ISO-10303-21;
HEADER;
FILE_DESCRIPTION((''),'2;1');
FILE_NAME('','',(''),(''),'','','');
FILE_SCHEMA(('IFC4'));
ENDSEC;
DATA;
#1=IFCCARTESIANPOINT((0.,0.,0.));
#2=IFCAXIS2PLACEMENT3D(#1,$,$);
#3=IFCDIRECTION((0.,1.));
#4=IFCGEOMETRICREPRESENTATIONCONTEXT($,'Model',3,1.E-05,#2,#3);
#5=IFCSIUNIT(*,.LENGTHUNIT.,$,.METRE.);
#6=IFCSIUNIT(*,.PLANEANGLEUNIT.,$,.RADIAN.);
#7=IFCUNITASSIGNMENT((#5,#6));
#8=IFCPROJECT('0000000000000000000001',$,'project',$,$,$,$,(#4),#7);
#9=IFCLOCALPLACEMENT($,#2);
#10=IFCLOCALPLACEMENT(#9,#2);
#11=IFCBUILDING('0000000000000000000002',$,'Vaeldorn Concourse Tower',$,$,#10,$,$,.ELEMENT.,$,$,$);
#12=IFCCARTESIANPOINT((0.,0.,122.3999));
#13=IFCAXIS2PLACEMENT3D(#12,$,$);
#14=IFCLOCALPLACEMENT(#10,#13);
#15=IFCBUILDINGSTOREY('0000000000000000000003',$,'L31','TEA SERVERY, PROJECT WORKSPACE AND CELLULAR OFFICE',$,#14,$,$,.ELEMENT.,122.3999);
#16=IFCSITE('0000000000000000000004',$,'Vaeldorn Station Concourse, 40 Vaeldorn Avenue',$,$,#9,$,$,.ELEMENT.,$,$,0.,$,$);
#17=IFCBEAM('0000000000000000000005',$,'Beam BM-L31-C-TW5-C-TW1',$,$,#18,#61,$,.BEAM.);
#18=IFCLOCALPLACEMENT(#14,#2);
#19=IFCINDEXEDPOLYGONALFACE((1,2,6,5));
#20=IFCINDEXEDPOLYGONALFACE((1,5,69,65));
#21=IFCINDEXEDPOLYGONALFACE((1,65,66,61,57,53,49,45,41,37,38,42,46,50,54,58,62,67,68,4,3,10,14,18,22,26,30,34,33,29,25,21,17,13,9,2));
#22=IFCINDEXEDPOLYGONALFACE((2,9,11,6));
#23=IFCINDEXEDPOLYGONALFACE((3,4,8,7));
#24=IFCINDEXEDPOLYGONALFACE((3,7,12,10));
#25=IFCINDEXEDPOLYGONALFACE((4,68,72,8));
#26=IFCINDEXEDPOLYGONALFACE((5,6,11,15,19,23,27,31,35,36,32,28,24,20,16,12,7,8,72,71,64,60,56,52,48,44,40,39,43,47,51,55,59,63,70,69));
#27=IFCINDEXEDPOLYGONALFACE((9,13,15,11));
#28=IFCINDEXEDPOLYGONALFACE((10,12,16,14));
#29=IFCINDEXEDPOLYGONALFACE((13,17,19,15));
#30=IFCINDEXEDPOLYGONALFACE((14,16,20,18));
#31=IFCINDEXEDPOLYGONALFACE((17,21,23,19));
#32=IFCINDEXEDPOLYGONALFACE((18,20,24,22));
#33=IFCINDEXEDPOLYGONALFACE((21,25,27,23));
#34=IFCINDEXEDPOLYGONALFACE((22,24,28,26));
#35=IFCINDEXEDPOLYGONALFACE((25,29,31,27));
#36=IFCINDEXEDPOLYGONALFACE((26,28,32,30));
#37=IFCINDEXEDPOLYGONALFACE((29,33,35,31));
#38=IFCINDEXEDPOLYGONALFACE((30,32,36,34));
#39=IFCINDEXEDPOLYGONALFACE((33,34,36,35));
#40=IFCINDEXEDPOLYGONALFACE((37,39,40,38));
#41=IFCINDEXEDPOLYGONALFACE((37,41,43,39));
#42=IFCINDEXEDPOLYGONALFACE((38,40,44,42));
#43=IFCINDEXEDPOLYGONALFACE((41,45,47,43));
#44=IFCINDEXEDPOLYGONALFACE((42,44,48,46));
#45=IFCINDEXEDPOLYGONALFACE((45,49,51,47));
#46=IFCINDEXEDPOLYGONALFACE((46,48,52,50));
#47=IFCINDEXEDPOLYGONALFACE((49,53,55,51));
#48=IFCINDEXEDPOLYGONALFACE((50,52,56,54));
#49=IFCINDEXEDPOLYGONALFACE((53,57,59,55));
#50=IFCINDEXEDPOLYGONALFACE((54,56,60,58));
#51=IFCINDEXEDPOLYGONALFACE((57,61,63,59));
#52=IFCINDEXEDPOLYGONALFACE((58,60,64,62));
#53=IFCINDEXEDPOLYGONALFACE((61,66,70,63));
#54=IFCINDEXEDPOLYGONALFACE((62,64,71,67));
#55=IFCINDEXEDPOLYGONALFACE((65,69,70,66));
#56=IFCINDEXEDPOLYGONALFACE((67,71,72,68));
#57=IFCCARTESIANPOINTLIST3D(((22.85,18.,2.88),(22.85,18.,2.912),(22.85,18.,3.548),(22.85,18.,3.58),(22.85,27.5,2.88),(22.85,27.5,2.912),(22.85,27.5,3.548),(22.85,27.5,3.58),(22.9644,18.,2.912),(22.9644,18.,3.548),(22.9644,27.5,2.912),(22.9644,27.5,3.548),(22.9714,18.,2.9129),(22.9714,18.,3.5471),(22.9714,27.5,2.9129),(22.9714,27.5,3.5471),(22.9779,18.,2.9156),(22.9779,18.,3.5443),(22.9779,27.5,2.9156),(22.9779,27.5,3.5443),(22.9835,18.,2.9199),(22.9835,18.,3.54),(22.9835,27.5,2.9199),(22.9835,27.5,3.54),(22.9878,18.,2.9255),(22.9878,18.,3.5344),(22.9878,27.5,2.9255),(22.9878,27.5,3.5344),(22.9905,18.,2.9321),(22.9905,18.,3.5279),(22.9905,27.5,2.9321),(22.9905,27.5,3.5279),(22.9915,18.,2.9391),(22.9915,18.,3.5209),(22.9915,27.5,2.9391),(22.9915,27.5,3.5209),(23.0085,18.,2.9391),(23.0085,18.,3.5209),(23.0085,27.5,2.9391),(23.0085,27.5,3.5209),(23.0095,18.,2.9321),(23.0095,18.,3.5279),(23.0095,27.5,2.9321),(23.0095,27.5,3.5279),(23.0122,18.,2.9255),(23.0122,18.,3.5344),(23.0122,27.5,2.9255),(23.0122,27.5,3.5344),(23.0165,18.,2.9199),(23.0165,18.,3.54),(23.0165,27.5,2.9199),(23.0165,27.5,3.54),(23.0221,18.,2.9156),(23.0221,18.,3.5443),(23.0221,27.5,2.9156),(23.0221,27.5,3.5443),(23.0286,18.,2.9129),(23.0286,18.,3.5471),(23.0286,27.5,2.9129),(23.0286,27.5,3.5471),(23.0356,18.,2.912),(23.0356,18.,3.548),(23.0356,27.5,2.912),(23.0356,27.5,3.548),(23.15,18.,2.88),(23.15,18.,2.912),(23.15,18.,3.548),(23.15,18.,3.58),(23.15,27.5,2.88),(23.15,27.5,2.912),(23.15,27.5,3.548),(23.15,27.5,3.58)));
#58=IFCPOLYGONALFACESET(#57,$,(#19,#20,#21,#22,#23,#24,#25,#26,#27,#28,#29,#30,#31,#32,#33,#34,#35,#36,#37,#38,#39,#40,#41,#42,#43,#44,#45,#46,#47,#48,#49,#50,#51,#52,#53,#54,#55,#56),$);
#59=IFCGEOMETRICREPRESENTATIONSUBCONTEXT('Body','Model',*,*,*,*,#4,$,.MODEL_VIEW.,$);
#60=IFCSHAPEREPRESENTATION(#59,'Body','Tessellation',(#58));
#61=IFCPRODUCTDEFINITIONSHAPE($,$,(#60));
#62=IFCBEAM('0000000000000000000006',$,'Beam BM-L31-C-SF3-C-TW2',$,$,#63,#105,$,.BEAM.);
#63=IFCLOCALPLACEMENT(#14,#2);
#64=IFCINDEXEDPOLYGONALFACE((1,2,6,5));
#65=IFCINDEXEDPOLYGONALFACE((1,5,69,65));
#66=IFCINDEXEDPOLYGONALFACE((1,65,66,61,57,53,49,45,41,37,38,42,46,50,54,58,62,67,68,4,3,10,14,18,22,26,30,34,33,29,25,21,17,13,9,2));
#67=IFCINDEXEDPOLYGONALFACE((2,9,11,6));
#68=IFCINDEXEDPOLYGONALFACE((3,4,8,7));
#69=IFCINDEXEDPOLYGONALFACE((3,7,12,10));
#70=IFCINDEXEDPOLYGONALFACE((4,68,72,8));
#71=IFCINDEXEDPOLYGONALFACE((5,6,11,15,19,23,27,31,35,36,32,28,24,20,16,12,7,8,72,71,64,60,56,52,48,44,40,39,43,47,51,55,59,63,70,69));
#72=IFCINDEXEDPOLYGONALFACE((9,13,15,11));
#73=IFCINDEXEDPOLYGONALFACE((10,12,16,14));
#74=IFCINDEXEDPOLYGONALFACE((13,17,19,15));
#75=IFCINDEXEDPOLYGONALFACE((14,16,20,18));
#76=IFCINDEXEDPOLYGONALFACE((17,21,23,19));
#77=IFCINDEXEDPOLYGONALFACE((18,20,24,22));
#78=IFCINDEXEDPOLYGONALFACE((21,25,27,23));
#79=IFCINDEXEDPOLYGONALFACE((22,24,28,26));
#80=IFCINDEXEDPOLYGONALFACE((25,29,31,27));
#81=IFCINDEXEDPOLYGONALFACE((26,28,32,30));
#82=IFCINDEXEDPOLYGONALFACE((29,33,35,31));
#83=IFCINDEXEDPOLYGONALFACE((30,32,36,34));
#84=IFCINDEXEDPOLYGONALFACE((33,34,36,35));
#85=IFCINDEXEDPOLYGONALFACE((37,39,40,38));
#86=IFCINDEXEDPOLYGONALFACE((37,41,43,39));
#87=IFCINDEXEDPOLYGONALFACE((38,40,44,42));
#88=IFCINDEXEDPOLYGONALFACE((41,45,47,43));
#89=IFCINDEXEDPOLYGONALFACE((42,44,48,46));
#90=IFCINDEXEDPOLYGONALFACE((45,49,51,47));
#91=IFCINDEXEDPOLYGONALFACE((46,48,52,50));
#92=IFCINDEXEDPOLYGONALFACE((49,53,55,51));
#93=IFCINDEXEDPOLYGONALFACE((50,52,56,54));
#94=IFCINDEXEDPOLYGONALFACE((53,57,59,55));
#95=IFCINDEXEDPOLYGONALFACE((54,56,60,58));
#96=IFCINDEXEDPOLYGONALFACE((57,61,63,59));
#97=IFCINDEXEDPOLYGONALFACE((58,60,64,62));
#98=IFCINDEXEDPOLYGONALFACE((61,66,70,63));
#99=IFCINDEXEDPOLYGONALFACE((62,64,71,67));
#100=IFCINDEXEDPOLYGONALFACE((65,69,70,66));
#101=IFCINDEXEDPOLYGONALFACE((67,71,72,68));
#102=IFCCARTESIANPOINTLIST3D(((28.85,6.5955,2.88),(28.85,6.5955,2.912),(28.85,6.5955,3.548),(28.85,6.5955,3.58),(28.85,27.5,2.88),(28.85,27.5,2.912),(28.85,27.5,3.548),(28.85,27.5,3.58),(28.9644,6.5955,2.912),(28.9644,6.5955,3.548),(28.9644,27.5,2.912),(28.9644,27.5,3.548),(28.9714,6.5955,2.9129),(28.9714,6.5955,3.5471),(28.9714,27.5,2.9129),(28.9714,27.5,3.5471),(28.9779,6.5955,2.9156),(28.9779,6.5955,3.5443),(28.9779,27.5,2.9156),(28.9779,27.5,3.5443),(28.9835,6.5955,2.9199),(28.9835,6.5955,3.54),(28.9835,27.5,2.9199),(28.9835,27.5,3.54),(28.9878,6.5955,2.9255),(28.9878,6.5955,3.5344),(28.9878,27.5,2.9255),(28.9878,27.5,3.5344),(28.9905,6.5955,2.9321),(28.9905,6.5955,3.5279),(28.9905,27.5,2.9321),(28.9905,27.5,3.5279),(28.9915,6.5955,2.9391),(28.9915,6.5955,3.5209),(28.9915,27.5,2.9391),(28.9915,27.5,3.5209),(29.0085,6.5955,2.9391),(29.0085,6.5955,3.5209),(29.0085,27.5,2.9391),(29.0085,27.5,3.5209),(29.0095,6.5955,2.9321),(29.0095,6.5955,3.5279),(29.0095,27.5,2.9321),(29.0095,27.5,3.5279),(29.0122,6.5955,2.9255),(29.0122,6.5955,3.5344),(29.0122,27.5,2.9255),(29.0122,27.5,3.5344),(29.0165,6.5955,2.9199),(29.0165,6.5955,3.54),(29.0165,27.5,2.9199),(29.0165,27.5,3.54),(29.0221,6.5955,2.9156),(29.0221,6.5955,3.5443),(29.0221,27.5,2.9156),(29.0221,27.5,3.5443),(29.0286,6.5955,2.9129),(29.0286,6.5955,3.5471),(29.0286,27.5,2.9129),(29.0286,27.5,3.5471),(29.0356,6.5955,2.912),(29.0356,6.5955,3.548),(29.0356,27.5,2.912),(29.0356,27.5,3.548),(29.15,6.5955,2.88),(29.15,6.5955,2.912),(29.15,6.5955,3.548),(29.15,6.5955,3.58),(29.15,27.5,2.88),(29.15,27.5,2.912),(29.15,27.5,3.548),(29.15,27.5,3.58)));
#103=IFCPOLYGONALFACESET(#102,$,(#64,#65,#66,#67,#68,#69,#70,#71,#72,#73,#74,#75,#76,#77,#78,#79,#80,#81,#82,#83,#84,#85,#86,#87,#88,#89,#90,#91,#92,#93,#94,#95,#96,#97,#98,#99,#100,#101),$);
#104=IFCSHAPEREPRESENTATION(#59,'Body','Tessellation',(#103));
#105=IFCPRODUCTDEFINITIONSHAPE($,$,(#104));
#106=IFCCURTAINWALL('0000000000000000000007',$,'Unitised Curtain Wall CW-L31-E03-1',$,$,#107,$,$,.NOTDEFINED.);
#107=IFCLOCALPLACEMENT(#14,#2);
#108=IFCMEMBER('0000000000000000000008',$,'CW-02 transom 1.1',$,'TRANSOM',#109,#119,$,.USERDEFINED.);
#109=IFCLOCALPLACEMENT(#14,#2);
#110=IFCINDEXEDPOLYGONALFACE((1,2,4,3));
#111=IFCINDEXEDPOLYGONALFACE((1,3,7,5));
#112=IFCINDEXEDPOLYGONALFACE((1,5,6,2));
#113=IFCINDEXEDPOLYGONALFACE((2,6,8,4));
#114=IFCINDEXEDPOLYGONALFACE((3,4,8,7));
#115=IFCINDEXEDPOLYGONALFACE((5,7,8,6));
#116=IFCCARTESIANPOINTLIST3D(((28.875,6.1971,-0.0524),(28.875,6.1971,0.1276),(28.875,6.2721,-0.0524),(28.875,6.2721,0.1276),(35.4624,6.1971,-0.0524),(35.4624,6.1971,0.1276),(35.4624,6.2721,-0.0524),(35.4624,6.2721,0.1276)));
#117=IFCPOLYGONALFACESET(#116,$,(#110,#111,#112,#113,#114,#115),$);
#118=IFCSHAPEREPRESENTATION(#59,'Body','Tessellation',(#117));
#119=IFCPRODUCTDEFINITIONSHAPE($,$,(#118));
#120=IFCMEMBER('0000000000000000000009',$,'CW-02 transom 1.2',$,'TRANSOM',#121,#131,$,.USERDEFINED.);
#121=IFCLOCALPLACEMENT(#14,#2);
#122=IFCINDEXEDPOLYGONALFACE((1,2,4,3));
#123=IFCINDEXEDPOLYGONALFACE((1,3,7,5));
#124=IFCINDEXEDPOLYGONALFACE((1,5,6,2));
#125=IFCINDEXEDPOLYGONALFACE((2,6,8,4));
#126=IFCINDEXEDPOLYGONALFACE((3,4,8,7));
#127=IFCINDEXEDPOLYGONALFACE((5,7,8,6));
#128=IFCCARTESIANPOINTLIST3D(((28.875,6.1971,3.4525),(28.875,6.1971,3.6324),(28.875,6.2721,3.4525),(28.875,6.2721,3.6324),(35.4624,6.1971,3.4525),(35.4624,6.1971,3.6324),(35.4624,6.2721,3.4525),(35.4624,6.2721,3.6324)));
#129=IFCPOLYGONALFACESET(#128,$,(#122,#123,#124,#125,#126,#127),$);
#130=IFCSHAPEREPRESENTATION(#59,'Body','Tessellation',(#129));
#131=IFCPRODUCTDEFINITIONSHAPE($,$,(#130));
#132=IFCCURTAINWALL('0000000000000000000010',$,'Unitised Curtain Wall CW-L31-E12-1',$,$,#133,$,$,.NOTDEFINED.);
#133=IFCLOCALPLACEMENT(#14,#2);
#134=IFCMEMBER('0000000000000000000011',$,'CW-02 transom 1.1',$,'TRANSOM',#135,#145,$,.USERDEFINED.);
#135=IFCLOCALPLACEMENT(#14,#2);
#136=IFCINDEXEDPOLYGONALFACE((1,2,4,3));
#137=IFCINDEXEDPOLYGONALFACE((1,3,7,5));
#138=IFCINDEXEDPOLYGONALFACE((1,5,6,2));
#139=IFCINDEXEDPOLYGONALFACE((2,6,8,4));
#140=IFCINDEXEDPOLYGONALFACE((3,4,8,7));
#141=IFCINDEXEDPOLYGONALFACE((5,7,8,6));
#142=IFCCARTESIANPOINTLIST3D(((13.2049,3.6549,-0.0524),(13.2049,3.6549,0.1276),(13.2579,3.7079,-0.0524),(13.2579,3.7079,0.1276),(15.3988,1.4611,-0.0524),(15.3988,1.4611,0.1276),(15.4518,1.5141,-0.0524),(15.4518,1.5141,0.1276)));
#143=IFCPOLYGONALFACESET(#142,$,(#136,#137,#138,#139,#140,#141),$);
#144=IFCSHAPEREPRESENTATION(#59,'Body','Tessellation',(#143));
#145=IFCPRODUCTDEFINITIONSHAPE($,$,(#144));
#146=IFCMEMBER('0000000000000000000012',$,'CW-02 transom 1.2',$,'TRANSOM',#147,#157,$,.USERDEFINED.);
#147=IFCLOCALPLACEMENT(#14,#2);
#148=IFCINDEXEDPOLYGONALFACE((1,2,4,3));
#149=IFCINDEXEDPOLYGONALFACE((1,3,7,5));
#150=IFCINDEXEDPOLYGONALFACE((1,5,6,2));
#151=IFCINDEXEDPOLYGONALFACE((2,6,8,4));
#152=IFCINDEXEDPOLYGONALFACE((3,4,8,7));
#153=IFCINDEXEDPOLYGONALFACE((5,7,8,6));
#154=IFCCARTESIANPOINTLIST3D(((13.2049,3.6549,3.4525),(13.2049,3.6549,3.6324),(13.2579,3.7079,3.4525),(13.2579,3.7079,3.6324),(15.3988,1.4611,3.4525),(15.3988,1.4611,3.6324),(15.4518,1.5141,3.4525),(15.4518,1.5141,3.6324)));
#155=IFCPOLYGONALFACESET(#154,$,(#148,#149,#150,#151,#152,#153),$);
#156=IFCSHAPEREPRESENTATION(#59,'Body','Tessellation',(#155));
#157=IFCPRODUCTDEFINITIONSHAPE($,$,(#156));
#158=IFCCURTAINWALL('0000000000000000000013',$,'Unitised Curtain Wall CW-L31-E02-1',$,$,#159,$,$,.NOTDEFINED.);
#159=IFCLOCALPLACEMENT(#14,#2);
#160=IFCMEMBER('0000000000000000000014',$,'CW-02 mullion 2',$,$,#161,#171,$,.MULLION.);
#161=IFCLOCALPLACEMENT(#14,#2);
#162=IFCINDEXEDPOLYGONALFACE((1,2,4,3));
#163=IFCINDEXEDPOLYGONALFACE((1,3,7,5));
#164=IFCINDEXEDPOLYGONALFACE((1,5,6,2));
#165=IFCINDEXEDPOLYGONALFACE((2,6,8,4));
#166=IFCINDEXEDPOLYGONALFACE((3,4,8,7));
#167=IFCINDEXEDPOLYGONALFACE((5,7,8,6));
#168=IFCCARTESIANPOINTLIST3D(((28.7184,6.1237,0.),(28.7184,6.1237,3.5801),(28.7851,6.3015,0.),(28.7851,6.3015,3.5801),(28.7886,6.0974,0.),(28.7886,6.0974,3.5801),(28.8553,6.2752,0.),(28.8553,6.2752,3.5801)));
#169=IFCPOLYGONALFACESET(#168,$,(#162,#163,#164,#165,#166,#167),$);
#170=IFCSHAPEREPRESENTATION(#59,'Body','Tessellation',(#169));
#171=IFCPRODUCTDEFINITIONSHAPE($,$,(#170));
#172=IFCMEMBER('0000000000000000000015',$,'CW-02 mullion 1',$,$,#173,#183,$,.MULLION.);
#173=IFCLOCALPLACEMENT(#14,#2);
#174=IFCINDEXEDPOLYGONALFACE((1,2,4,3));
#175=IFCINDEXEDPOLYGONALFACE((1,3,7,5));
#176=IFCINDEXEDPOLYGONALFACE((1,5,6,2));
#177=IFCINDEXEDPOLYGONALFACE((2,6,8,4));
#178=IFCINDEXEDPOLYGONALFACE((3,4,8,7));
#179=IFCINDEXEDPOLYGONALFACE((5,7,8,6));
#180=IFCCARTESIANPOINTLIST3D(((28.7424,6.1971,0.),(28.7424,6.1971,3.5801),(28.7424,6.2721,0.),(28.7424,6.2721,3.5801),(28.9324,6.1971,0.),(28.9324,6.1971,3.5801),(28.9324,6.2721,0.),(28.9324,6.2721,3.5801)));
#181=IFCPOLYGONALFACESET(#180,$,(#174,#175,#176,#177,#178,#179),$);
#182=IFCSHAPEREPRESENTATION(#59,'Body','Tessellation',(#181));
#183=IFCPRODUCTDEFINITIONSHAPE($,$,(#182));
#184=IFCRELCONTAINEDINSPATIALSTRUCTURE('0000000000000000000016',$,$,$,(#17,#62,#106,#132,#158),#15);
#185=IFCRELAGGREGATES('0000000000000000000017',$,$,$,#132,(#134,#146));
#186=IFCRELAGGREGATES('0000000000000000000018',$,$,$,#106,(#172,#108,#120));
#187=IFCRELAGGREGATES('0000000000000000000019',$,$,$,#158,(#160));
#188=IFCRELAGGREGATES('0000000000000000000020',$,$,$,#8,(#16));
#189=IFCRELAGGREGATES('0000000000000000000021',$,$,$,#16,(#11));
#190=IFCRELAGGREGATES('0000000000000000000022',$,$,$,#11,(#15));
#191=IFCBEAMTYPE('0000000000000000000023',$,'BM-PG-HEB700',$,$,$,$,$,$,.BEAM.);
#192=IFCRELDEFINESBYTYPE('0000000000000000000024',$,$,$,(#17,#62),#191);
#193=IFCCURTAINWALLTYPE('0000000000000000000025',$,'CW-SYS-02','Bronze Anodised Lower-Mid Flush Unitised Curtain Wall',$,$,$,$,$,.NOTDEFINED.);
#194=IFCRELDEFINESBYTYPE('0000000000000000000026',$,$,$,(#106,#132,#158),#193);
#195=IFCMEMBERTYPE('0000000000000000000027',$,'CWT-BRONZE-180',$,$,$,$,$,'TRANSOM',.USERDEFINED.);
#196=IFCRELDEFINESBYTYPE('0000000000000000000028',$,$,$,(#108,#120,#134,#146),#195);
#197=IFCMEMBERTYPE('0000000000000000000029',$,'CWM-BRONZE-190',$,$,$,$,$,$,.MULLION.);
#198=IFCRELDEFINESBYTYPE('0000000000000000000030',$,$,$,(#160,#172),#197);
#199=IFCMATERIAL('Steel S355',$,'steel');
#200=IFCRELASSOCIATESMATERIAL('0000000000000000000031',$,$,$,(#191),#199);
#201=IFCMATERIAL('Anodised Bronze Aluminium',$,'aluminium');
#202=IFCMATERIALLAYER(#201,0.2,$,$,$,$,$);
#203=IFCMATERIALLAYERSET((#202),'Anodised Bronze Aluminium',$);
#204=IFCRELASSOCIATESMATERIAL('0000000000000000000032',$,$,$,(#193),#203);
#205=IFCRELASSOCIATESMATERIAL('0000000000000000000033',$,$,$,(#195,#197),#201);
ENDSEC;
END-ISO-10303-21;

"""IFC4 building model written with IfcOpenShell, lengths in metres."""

from ifc_helpers import new_model, si_unit, direction, frame, origin, origin_2d, place, context, subcontext, project, spatial, rectangle, i_section, extrude, source, transform, mapped, material, layer, layer_set, material_profile, profile_set, type_object, element, aggregate, save


model = new_model("IFC4")

# Units and contexts
model_context = context("Model", 3, precision=1e-05, world=origin(), true_north=direction((0.0, 1.0)))
body_context = subcontext(model_context, "Body", "Model", "MODEL_VIEW")
ifc_project = project(units=[si_unit("LENGTHUNIT", "METRE"), si_unit("PLANEANGLEUNIT", "RADIAN")], contexts=[model_context])

# Site, building, storey
site_placement = place(None, origin())
site = spatial("IfcSite", under=ifc_project, at=site_placement, Name="Vaeldorn Station Concourse, 40 Vaeldorn Avenue", CompositionType="ELEMENT", RefElevation=0.0)
building_placement = place(site_placement, origin())
building = spatial("IfcBuilding", under=site, at=building_placement, Name="Vaeldorn Concourse Tower", CompositionType="ELEMENT")
storey_placement = place(building_placement, frame((0.0, 0.0, 122.3999)))
storey = spatial("IfcBuildingStorey", under=building, at=storey_placement, Name="L31", Description="TEA SERVERY, PROJECT WORKSPACE AND CELLULAR OFFICE", CompositionType="ELEMENT", Elevation=122.3999)

# Beams
ifc_material_1 = material(Name="Steel S355", Category="steel")
ifc_material_profile_1 = material_profile(ifc_material_1, i_section(OverallWidth=0.3, OverallDepth=0.7, WebThickness=0.0171, FlangeThickness=0.032, FilletRadius=0.0271, at=origin_2d()), Name="HEB 700")
ifc_profile_set_1 = profile_set([ifc_material_profile_1], Name="Steel S355")
beam_type_1 = type_object("IfcBeamType", Name="BM-PG-HEB700", PredefinedType="BEAM", material=ifc_profile_set_1)
shared_shape_1 = source(origin(), body_context, "Body", "SweptSolid", [
    extrude(i_section(OverallWidth=0.3, OverallDepth=0.7, WebThickness=0.0171, FlangeThickness=0.032, FilletRadius=0.0271, at=origin_2d()), origin(), (0.0, 0.0, 1.0), 9.5),
])
beam_1_placement = place(storey_placement, frame((23.0, 18.0, 3.23), z_axis=(0.0, 1.0, 0.0), x_axis=(-1.0, 0.0, 0.0)))
element("IfcBeam", 1, at=beam_1_placement, inside=storey, type_object=beam_type_1, Name="Beam BM-L31-C-TW5-C-TW1", PredefinedType="BEAM", context=body_context, shape_type="MappedRepresentation", body=[
    mapped(shared_shape_1, transform((0.0, 0.0, 0.0), scale=1.0)),
])
shared_shape_2 = source(origin(), body_context, "Body", "SweptSolid", [
    extrude(i_section(OverallWidth=0.3, OverallDepth=0.7, WebThickness=0.0171, FlangeThickness=0.032, FilletRadius=0.0271, at=origin_2d()), origin(), (0.0, 0.0, 1.0), 20.9045),
])
beam_2_placement = place(storey_placement, frame((29.0, 6.5955, 3.23), z_axis=(0.0, 1.0, 0.0), x_axis=(-1.0, 0.0, 0.0)))
element("IfcBeam", 2, at=beam_2_placement, inside=storey, type_object=beam_type_1, Name="Beam BM-L31-C-SF3-C-TW2", PredefinedType="BEAM", context=body_context, shape_type="MappedRepresentation", body=[
    mapped(shared_shape_2, transform((0.0, 0.0, 0.0), scale=1.0)),
])

# Curtain walls, members
ifc_material_2 = material(Name="Anodised Bronze Aluminium", Category="aluminium")
ifc_layer_1 = layer(ifc_material_2, 0.2)
ifc_layer_set_1 = layer_set([ifc_layer_1], Name="Anodised Bronze Aluminium")
curtain_wall_type = type_object("IfcCurtainWallType", Name="CW-SYS-02", Description="Bronze Anodised Lower-Mid Flush Unitised Curtain Wall", PredefinedType="NOTDEFINED", material=ifc_layer_set_1)
curtain_wall_1_placement = place(storey_placement, origin())
curtain_wall_1 = element("IfcCurtainWall", 3, at=curtain_wall_1_placement, inside=storey, type_object=curtain_wall_type, Name="Unitised Curtain Wall CW-L31-E03-1", PredefinedType="NOTDEFINED")
ifc_material_profile_2 = material_profile(ifc_material_2, rectangle(XDim=0.075, YDim=0.1799, at=origin_2d()), Name="CWT 75x180")
ifc_profile_set_2 = profile_set([ifc_material_profile_2], Name="Anodised Bronze Aluminium")
member_type_1 = type_object("IfcMemberType", Name="CWT-BRONZE-180", ElementType="TRANSOM", PredefinedType="USERDEFINED", material=ifc_profile_set_2)
shared_shape_3 = source(origin(), body_context, "Body", "SweptSolid", [
    extrude(rectangle(XDim=0.075, YDim=0.1799, at=origin_2d()), origin(), (0.0, 0.0, 1.0), 6.5874),
])
member_1_placement = place(storey_placement, frame((28.875, 6.2346, 0.0376), z_axis=(1.0, 0.0, 0.0), x_axis=(0.0, 1.0, 0.0)))
member_1 = element("IfcMember", 4, at=member_1_placement, type_object=member_type_1, Name="CW-02 transom 1.1", ObjectType="TRANSOM", PredefinedType="USERDEFINED", context=body_context, shape_type="MappedRepresentation", body=[
    mapped(shared_shape_3, transform((0.0, 0.0, 0.0), scale=1.0)),
])
member_2_placement = place(storey_placement, frame((28.875, 6.2346, 3.5425), z_axis=(1.0, 0.0, 0.0), x_axis=(0.0, 1.0, 0.0)))
member_2 = element("IfcMember", 5, at=member_2_placement, type_object=member_type_1, Name="CW-02 transom 1.2", ObjectType="TRANSOM", PredefinedType="USERDEFINED", context=body_context, shape_type="MappedRepresentation", body=[
    mapped(shared_shape_3, transform((0.0, 0.0, 0.0), scale=1.0)),
])
curtain_wall_2_placement = place(storey_placement, origin())
curtain_wall_2 = element("IfcCurtainWall", 6, at=curtain_wall_2_placement, inside=storey, type_object=curtain_wall_type, Name="Unitised Curtain Wall CW-L31-E12-1", PredefinedType="NOTDEFINED")
shared_shape_4 = source(origin(), body_context, "Body", "SweptSolid", [
    extrude(rectangle(XDim=0.075, YDim=0.1799, at=origin_2d()), origin(), (0.0, 0.0, 1.0), 3.1025),
])
member_3_placement = place(storey_placement, frame((13.2314, 3.6814, 0.0376), z_axis=(0.707107, -0.707107, 0.0), x_axis=(0.707107, 0.707107, 0.0)))
member_3 = element("IfcMember", 7, at=member_3_placement, type_object=member_type_1, Name="CW-02 transom 1.1", ObjectType="TRANSOM", PredefinedType="USERDEFINED", context=body_context, shape_type="MappedRepresentation", body=[
    mapped(shared_shape_4, transform((0.0, 0.0, 0.0), scale=1.0)),
])
member_4_placement = place(storey_placement, frame((13.2314, 3.6814, 3.5425), z_axis=(0.707107, -0.707107, 0.0), x_axis=(0.707107, 0.707107, 0.0)))
member_4 = element("IfcMember", 8, at=member_4_placement, type_object=member_type_1, Name="CW-02 transom 1.2", ObjectType="TRANSOM", PredefinedType="USERDEFINED", context=body_context, shape_type="MappedRepresentation", body=[
    mapped(shared_shape_4, transform((0.0, 0.0, 0.0), scale=1.0)),
])
aggregate(curtain_wall_2, [member_3, member_4])

# Curtain wall, member
curtain_wall_3_placement = place(storey_placement, origin())
curtain_wall_3 = element("IfcCurtainWall", 9, at=curtain_wall_3_placement, inside=storey, type_object=curtain_wall_type, Name="Unitised Curtain Wall CW-L31-E02-1", PredefinedType="NOTDEFINED")
ifc_material_profile_3 = material_profile(ifc_material_2, rectangle(XDim=0.075, YDim=0.1899, at=origin_2d()), Name="CWM 75x190")
ifc_profile_set_3 = profile_set([ifc_material_profile_3], Name="Anodised Bronze Aluminium")
member_type_2 = type_object("IfcMemberType", Name="CWM-BRONZE-190", PredefinedType="MULLION", material=ifc_profile_set_3)
shared_shape_5 = source(origin(), body_context, "Body", "SweptSolid", [
    extrude(rectangle(XDim=0.075, YDim=0.1899, at=origin_2d()), origin(), (0.0, 0.0, 1.0), 3.5801),
])
member_5_placement = place(storey_placement, frame((28.7869, 6.1995, 0.0), z_axis=(0.0, 0.0, 1.0), x_axis=(-0.936329, 0.351123, 0.0)))
member_5 = element("IfcMember", 10, at=member_5_placement, type_object=member_type_2, Name="CW-02 mullion 2", PredefinedType="MULLION", context=body_context, shape_type="MappedRepresentation", body=[
    mapped(shared_shape_5, transform((0.0, 0.0, 0.0), scale=1.0)),
])

# Member
member_6_placement = place(storey_placement, frame((28.8374, 6.2346, 0.0), z_axis=(0.0, 0.0, 1.0), x_axis=(0.0, 1.0, 0.0)))
member_6 = element("IfcMember", 11, at=member_6_placement, type_object=member_type_2, Name="CW-02 mullion 1", PredefinedType="MULLION", context=body_context, shape_type="MappedRepresentation", body=[
    mapped(shared_shape_5, transform((0.0, 0.0, 0.0), scale=1.0)),
])
aggregate(curtain_wall_1, [member_6, member_1, member_2])

aggregate(curtain_wall_3, [member_5])

save(model, "model.ifc")
